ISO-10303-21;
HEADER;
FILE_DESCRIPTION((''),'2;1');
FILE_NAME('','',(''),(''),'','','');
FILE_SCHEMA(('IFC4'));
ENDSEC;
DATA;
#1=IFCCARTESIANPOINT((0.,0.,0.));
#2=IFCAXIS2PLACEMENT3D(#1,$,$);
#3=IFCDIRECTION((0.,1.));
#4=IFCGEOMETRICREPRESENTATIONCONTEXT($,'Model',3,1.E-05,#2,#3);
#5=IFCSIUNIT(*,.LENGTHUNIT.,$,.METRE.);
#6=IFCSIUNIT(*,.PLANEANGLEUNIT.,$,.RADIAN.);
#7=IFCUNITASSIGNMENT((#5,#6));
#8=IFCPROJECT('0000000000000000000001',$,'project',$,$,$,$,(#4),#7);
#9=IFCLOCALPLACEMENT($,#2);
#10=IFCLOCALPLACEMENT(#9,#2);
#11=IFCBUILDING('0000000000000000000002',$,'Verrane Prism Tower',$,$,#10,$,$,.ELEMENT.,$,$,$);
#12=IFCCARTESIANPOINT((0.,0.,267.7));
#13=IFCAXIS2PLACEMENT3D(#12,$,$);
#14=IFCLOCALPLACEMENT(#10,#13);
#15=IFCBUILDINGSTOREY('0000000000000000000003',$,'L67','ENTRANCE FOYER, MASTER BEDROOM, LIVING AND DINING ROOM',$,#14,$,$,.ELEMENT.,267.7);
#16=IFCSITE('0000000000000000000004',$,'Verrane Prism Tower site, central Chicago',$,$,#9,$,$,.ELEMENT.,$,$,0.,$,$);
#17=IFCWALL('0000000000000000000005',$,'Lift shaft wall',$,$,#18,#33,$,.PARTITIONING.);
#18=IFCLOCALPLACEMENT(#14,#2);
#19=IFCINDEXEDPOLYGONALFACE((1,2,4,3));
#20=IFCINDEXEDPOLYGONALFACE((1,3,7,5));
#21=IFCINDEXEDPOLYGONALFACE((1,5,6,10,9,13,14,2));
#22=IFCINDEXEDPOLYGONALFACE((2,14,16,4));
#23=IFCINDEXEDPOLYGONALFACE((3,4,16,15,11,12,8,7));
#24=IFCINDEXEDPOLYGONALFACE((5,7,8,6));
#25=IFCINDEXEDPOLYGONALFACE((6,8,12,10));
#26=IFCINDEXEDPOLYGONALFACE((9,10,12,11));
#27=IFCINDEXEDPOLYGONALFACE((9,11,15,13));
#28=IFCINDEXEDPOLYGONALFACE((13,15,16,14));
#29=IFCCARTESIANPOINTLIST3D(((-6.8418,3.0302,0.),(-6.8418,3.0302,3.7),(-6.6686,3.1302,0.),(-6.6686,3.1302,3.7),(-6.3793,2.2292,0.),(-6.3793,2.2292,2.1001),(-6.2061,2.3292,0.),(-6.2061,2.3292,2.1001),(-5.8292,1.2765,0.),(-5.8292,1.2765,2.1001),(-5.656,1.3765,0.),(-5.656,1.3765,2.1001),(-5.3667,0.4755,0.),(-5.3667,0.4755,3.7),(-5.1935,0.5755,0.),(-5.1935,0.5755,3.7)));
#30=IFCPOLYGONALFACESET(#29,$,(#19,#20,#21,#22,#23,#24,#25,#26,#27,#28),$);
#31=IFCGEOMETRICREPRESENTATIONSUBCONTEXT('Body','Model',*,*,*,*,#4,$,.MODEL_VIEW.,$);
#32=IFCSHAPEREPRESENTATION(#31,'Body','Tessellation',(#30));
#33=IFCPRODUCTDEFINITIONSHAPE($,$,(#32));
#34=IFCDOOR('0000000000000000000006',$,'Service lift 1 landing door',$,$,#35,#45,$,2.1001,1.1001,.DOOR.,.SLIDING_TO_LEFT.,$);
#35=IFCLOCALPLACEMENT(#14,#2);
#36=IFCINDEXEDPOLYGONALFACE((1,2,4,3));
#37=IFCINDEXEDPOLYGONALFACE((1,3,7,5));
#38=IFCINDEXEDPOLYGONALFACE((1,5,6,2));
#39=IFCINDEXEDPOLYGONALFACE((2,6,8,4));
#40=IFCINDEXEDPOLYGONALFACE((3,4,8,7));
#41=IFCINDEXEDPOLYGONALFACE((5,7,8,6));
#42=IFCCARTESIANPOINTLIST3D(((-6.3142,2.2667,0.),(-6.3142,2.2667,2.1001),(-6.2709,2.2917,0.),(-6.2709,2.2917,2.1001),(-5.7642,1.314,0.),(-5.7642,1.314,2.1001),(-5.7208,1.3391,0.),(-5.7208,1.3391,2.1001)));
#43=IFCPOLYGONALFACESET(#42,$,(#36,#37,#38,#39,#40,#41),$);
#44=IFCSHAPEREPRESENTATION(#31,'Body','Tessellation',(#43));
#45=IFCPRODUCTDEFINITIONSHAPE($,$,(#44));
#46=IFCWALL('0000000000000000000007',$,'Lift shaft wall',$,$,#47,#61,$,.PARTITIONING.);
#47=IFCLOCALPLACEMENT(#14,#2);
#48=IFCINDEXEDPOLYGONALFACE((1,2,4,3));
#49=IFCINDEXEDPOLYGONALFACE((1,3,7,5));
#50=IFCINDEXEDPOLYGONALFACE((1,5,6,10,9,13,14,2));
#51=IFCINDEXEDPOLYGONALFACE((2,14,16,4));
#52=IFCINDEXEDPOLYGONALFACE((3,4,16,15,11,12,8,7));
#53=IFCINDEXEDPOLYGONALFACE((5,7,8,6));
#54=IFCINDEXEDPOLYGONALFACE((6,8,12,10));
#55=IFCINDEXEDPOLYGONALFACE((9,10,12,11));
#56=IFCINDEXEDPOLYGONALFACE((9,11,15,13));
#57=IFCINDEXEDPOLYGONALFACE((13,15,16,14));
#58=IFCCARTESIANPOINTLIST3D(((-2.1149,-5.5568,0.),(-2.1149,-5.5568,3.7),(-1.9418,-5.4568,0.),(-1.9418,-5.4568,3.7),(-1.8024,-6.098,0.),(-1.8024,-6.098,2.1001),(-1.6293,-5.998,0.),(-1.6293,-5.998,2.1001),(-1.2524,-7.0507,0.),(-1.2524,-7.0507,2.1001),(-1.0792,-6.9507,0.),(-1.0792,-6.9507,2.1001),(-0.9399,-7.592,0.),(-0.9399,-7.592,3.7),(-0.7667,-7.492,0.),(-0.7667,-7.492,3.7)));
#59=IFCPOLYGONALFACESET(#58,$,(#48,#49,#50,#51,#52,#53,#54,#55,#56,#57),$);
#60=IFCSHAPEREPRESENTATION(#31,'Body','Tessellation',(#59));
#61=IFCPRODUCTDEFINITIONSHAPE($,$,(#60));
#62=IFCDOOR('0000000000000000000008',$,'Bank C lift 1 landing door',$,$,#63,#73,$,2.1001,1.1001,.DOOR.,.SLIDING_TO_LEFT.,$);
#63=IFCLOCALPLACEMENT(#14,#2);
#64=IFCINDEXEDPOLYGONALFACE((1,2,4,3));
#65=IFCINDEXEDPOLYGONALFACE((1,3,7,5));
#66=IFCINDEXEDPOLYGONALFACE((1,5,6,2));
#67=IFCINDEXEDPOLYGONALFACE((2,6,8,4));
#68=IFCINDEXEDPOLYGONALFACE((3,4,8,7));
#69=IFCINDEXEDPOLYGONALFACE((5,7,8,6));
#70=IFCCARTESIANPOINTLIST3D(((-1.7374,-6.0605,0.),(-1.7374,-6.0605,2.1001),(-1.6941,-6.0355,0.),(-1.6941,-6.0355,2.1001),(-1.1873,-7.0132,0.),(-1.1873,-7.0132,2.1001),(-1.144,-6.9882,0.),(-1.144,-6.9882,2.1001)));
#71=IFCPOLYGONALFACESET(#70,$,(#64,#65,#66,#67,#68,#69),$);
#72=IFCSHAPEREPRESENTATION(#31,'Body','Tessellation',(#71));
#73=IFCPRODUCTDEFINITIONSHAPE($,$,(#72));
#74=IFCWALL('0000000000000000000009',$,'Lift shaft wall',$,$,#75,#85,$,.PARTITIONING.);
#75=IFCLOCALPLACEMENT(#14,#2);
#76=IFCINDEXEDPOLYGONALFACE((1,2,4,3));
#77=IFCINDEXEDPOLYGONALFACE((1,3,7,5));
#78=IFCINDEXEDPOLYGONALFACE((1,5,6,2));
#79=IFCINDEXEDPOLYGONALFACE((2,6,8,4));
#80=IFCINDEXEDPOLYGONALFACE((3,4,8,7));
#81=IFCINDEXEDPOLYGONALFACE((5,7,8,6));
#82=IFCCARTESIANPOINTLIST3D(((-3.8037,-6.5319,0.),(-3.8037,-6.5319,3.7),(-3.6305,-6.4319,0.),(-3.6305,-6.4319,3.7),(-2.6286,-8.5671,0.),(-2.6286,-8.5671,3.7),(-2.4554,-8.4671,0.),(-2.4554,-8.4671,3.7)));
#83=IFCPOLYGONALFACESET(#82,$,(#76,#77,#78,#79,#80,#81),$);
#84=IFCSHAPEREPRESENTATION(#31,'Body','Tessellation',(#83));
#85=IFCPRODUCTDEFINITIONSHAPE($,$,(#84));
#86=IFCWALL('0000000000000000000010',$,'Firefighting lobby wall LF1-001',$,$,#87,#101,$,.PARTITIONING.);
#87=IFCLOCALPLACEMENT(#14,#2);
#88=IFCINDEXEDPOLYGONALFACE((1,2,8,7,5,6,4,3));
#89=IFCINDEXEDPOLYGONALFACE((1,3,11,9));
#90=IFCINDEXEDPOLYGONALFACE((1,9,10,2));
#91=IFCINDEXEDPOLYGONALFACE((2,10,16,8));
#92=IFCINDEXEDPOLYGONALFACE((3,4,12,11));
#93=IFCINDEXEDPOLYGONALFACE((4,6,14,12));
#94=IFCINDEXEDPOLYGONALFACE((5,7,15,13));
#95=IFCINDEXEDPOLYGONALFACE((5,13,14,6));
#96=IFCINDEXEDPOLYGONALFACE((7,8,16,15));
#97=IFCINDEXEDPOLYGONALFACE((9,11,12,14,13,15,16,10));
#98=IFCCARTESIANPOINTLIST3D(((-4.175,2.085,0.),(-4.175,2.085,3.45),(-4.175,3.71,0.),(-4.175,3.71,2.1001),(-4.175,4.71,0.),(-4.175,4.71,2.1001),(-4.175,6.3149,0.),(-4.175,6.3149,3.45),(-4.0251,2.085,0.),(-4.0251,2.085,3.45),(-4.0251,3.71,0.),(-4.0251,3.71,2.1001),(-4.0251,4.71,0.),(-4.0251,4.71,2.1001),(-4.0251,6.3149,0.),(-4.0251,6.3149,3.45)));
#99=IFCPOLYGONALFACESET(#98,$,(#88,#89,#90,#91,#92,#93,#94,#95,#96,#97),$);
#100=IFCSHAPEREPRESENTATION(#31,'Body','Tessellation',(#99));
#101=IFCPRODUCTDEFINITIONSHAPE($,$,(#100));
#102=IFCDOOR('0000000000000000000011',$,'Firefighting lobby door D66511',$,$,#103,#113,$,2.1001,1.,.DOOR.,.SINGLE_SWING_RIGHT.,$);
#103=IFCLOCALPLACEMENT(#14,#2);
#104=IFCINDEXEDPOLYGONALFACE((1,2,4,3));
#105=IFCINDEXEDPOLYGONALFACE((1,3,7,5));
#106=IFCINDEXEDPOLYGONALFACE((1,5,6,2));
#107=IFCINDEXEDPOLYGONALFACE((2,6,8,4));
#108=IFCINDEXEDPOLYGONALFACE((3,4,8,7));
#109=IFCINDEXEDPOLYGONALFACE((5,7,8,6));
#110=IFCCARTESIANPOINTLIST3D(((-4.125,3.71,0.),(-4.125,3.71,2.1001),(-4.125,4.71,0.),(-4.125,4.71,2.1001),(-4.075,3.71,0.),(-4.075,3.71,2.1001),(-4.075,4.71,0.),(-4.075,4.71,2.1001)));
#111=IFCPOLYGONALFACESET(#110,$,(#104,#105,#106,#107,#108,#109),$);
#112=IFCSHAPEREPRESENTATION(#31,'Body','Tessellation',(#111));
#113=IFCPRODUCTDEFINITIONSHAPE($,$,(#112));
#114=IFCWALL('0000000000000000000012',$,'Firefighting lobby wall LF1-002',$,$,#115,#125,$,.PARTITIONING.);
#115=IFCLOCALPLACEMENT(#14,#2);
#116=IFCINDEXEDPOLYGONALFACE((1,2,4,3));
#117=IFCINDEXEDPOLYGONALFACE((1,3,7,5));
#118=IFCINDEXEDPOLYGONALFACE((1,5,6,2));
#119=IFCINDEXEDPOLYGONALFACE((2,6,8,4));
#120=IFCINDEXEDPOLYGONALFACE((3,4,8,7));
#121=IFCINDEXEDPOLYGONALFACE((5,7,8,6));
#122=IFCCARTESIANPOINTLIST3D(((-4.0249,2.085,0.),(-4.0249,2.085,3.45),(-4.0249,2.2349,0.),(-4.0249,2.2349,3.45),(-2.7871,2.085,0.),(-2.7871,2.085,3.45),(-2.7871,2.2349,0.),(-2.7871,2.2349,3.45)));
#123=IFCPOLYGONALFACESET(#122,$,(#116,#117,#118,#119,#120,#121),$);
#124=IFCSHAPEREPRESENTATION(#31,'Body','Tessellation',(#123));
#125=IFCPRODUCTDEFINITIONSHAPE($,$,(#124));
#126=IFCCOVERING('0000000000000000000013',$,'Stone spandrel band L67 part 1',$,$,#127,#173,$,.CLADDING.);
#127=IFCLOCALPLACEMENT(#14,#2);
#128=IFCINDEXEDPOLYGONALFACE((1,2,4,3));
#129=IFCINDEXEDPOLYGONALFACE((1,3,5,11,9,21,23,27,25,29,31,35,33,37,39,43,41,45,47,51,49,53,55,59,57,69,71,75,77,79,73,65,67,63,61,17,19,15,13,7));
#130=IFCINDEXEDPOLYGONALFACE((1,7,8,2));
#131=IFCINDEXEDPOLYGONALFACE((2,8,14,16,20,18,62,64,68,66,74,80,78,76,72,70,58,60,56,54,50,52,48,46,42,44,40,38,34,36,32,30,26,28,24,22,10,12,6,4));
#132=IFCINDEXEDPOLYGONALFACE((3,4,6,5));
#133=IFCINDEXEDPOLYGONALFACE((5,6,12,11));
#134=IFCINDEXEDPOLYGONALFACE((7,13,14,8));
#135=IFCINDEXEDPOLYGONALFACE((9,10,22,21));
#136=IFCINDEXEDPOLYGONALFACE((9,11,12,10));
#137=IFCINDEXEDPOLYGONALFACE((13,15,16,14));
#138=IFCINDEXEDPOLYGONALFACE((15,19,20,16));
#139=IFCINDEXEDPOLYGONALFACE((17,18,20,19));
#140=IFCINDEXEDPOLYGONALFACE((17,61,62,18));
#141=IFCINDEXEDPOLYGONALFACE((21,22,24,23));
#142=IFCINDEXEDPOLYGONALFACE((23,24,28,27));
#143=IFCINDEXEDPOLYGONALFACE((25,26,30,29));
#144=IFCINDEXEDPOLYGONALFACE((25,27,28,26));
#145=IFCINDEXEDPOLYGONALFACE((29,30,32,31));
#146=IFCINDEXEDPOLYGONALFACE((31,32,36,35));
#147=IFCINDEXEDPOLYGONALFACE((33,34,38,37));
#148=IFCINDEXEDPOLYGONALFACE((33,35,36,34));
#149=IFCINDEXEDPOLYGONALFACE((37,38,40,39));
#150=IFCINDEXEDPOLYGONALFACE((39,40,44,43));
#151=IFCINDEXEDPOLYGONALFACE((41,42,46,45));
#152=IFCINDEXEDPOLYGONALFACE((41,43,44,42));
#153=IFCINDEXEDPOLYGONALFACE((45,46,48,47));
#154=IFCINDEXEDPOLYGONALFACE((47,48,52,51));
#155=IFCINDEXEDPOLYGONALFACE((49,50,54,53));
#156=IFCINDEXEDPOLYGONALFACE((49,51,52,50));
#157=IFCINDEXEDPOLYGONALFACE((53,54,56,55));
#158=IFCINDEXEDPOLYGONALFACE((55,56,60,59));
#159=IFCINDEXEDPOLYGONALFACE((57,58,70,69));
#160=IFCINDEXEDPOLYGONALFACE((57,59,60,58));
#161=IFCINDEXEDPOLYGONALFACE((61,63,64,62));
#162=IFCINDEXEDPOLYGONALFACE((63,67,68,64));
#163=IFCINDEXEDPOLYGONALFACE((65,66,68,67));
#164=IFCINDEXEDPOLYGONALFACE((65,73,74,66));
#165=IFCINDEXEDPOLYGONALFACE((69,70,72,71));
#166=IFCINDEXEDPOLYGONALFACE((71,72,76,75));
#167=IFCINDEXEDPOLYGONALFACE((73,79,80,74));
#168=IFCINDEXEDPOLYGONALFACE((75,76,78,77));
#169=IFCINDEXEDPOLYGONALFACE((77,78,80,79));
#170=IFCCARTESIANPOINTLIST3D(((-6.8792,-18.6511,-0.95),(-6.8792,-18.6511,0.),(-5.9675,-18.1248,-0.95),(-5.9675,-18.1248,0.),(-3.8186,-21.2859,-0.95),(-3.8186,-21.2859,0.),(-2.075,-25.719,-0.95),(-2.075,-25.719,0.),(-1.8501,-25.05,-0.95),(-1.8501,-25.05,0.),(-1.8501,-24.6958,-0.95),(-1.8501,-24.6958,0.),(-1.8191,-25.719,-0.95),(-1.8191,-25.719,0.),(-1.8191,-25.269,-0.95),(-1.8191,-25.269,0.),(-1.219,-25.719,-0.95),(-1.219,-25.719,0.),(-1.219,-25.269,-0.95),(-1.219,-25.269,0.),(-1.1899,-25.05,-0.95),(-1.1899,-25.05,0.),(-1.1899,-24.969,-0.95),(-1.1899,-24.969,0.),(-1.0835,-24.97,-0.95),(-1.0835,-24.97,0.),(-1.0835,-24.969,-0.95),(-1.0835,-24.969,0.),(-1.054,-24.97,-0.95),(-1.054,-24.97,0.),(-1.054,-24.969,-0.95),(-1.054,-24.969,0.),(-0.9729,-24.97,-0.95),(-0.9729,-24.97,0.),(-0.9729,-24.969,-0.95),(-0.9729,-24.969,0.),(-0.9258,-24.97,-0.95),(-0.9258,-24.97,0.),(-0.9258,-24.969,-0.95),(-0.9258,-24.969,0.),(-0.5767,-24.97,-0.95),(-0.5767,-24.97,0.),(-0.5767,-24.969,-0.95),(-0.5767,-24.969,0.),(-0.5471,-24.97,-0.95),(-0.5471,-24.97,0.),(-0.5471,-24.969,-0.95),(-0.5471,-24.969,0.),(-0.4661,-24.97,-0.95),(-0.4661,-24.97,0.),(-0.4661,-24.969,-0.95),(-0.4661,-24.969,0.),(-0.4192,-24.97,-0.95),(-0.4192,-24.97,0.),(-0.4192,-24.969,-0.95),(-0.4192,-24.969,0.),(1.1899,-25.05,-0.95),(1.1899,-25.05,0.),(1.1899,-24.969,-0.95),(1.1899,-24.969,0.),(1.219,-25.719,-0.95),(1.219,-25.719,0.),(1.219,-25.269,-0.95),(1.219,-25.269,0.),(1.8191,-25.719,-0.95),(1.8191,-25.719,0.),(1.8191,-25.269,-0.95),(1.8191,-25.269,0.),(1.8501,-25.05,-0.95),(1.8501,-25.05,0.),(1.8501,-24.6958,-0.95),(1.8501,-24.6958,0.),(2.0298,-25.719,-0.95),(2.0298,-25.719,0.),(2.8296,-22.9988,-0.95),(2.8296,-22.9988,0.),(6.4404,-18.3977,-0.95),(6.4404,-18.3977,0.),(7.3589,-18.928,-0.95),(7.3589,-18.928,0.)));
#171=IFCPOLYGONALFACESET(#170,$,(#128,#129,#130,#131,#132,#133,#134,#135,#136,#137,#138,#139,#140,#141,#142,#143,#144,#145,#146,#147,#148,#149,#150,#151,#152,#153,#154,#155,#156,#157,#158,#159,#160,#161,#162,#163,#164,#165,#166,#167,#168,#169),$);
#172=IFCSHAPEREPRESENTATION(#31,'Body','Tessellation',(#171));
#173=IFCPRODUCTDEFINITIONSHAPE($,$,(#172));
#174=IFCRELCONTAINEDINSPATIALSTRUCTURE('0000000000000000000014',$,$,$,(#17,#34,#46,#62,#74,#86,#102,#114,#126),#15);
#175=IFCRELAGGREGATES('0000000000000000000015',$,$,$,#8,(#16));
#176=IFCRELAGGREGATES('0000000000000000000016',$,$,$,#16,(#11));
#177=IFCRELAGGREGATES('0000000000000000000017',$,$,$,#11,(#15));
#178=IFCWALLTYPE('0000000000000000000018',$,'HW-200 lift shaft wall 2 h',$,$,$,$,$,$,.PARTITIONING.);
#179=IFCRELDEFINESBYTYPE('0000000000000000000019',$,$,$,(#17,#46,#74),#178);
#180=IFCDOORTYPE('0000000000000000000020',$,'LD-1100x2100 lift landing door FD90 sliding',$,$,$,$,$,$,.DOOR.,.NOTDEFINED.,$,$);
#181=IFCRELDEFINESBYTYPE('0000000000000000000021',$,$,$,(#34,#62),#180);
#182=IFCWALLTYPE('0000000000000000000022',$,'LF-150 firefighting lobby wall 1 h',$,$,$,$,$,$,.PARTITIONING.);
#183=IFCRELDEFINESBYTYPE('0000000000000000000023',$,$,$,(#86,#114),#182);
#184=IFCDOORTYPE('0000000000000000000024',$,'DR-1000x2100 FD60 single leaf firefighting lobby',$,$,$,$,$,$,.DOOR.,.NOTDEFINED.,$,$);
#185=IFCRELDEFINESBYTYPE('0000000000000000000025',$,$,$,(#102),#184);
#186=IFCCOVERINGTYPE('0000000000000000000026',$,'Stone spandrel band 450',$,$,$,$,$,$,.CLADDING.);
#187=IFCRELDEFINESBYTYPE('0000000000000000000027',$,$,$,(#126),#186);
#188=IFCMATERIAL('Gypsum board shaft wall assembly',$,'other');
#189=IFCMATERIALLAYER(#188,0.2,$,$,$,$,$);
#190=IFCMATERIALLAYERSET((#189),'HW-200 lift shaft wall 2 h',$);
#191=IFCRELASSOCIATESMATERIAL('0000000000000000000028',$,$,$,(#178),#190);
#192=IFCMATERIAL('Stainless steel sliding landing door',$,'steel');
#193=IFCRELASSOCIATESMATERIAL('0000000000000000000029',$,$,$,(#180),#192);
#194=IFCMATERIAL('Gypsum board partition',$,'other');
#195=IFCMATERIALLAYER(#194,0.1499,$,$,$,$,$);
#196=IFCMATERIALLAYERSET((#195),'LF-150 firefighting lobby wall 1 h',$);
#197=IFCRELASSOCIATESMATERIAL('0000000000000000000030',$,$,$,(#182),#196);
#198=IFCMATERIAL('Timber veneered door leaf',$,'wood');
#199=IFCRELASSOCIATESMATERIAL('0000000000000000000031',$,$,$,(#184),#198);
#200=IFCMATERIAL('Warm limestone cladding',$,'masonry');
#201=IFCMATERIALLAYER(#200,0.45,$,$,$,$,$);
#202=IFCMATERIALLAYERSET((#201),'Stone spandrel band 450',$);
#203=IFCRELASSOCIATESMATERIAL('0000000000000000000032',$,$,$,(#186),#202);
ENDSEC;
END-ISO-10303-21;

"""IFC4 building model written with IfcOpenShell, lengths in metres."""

from ifc_helpers import new_model, si_unit, direction, frame, frame_2d, origin, place, context, subcontext, project, spatial, polyline, rectangle, outline, extrude, material, layer, layer_set, type_object, element, fill, save


model = new_model("IFC4")

# Units and contexts
model_context = context("Model", 3, precision=1e-05, world=origin(), true_north=direction((0.0, 1.0)))
body_context = subcontext(model_context, "Body", "Model", "MODEL_VIEW")
ifc_project = project(units=[si_unit("LENGTHUNIT", "METRE"), si_unit("PLANEANGLEUNIT", "RADIAN")], contexts=[model_context])

# Site, building, storey
site_placement = place(None, origin())
site = spatial("IfcSite", under=ifc_project, at=site_placement, Name="Verrane Prism Tower site, central Chicago", CompositionType="ELEMENT", RefElevation=0.0)
building_placement = place(site_placement, origin())
building = spatial("IfcBuilding", under=site, at=building_placement, Name="Verrane Prism Tower", CompositionType="ELEMENT")
storey_placement = place(building_placement, frame((0.0, 0.0, 267.7)))
storey = spatial("IfcBuildingStorey", under=building, at=storey_placement, Name="L67", Description="ENTRANCE FOYER, MASTER BEDROOM, LIVING AND DINING ROOM", CompositionType="ELEMENT", Elevation=267.7)

# Shared definitions
ifc_material_1 = material(Name="Gypsum board shaft wall assembly", Category="other")
ifc_layer_1 = layer(ifc_material_1, 0.2)
ifc_layer_set_1 = layer_set([ifc_layer_1], Name="HW-200 lift shaft wall 2 h")
wall_type_1 = type_object("IfcWallType", Name="HW-200 lift shaft wall 2 h", PredefinedType="PARTITIONING", material=ifc_layer_set_1)
ifc_material_2 = material(Name="Stainless steel sliding landing door", Category="steel")
door_type_1 = type_object("IfcDoorType", Name="LD-1100x2100 lift landing door FD90 sliding", OperationType="NOTDEFINED", PredefinedType="DOOR", material=ifc_material_2)

# Walls, openings, doors
wall_1_placement = place(storey_placement, frame((-5.28, 0.5254, 0.0), z_axis=(0.0, 0.0, 1.0), x_axis=(-0.500038, 0.866004, 0.0)))
wall_1 = element("IfcWall", 1, at=wall_1_placement, inside=storey, type_object=wall_type_1, Name="Lift shaft wall", PredefinedType="PARTITIONING", context=body_context, shape_type="SweptSolid", body=[
    extrude(rectangle(XDim=2.95, YDim=0.2, at=frame_2d((1.4751, 0.0))), origin(), (0.0, 0.0, 1.0), 3.7),
])
opening_1_placement = place(wall_1_placement, frame((0.925, 0.0, 0.0)))
opening_1 = element("IfcOpeningElement", 2, at=opening_1_placement, cuts=wall_1, PredefinedType="OPENING", context=body_context, shape_type="SweptSolid", body=[
    extrude(rectangle(XDim=1.1001, YDim=2.1001, at=frame_2d((0.55, 1.05))), frame((0.0, 0.1099, 0.0), z_axis=(0.0, -1.0, 0.0), x_axis=(1.0, 0.0, 0.0)), (0.0, 0.0, 1.0), 0.22),
])
door_1_placement = place(opening_1_placement, origin())
door_1 = element("IfcDoor", 3, at=door_1_placement, inside=storey, type_object=door_type_1, Name="Service lift 1 landing door", OperationType="SLIDING_TO_LEFT", OverallHeight=2.1001, OverallWidth=1.1001, PredefinedType="DOOR", context=body_context, shape_type="SweptSolid", body=[
    extrude(rectangle(XDim=1.1001, YDim=2.1001, at=frame_2d((0.55, 1.05))), frame((0.0, 0.0249, 0.0), z_axis=(0.0, -1.0, 0.0), x_axis=(1.0, 0.0, 0.0)), (0.0, 0.0, 1.0), 0.05),
])
fill(opening_1, door_1)
wall_2_placement = place(storey_placement, frame((-0.8533, -7.542, 0.0), z_axis=(0.0, 0.0, 1.0), x_axis=(-0.500016, 0.866016, 0.0)))
wall_2 = element("IfcWall", 4, at=wall_2_placement, inside=storey, type_object=wall_type_1, Name="Lift shaft wall", PredefinedType="PARTITIONING", context=body_context, shape_type="SweptSolid", body=[
    extrude(rectangle(XDim=2.3501, YDim=0.2, at=frame_2d((1.175, 0.0))), origin(), (0.0, 0.0, 1.0), 3.7),
])
opening_2_placement = place(wall_2_placement, frame((0.625, 0.0, 0.0)))
opening_2 = element("IfcOpeningElement", 5, at=opening_2_placement, cuts=wall_2, PredefinedType="OPENING", context=body_context, shape_type="SweptSolid", body=[
    extrude(rectangle(XDim=1.1001, YDim=2.1001, at=frame_2d((0.55, 1.05))), frame((0.0, 0.1099, 0.0), z_axis=(0.0, -1.0, 0.0), x_axis=(1.0, 0.0, 0.0)), (0.0, 0.0, 1.0), 0.22),
])
door_2_placement = place(opening_2_placement, origin())
door_2 = element("IfcDoor", 6, at=door_2_placement, inside=storey, type_object=door_type_1, Name="Bank C lift 1 landing door", OperationType="SLIDING_TO_LEFT", OverallHeight=2.1001, OverallWidth=1.1001, PredefinedType="DOOR", context=body_context, shape_type="SweptSolid", body=[
    extrude(rectangle(XDim=1.1001, YDim=2.1001, at=frame_2d((0.55, 1.05))), frame((0.0, 0.0249, 0.0), z_axis=(0.0, -1.0, 0.0), x_axis=(1.0, 0.0, 0.0)), (0.0, 0.0, 1.0), 0.05),
])
fill(opening_2, door_2)

# Wall
wall_3_placement = place(storey_placement, frame((-2.542, -8.5171, 0.0), z_axis=(0.0, 0.0, 1.0), x_axis=(-0.500016, 0.866016, 0.0)))
element("IfcWall", 7, at=wall_3_placement, inside=storey, type_object=wall_type_1, Name="Lift shaft wall", PredefinedType="PARTITIONING", context=body_context, shape_type="SweptSolid", body=[
    extrude(rectangle(XDim=2.3501, YDim=0.2, at=frame_2d((1.175, 0.0))), origin(), (0.0, 0.0, 1.0), 3.7),
])

# Wall, opening, door
ifc_material_3 = material(Name="Gypsum board partition", Category="other")
ifc_layer_2 = layer(ifc_material_3, 0.1499)
ifc_layer_set_2 = layer_set([ifc_layer_2], Name="LF-150 firefighting lobby wall 1 h")
wall_type_2 = type_object("IfcWallType", Name="LF-150 firefighting lobby wall 1 h", PredefinedType="PARTITIONING", material=ifc_layer_set_2)
wall_4_placement = place(storey_placement, frame((-4.1001, 2.085, 0.0), z_axis=(0.0, 0.0, 1.0), x_axis=(0.0, 1.0, 0.0)))
wall_4 = element("IfcWall", 8, at=wall_4_placement, inside=storey, type_object=wall_type_2, Name="Firefighting lobby wall LF1-001", PredefinedType="PARTITIONING", context=body_context, shape_type="SweptSolid", body=[
    extrude(rectangle(XDim=4.23, YDim=0.1499, at=frame_2d((2.115, 0.0))), origin(), (0.0, 0.0, 1.0), 3.45),
])
opening_3_placement = place(wall_4_placement, frame((1.625, 0.0, 0.0)))
opening_3 = element("IfcOpeningElement", 9, at=opening_3_placement, cuts=wall_4, PredefinedType="OPENING", context=body_context, shape_type="SweptSolid", body=[
    extrude(rectangle(XDim=1.0, YDim=2.1001, at=frame_2d((0.5, 1.05))), frame((0.0, 0.085, 0.0), z_axis=(0.0, -1.0, 0.0), x_axis=(1.0, 0.0, 0.0)), (0.0, 0.0, 1.0), 0.1699),
])
ifc_material_4 = material(Name="Timber veneered door leaf", Category="wood")
door_type_2 = type_object("IfcDoorType", Name="DR-1000x2100 FD60 single leaf firefighting lobby", OperationType="NOTDEFINED", PredefinedType="DOOR", material=ifc_material_4)
door_3_placement = place(opening_3_placement, origin())
door_3 = element("IfcDoor", 10, at=door_3_placement, inside=storey, type_object=door_type_2, Name="Firefighting lobby door D66511", OperationType="SINGLE_SWING_RIGHT", OverallHeight=2.1001, OverallWidth=1.0, PredefinedType="DOOR", context=body_context, shape_type="SweptSolid", body=[
    extrude(rectangle(XDim=1.0, YDim=2.1001, at=frame_2d((0.5, 1.05))), frame((0.0, 0.0249, 0.0), z_axis=(0.0, -1.0, 0.0), x_axis=(1.0, 0.0, 0.0)), (0.0, 0.0, 1.0), 0.05),
])
fill(opening_3, door_3)

# Wall
wall_5_placement = place(storey_placement, frame((-4.0249, 2.1599, 0.0), z_axis=(0.0, 0.0, 1.0), x_axis=(1.0, 0.0, 0.0)))
element("IfcWall", 11, at=wall_5_placement, inside=storey, type_object=wall_type_2, Name="Firefighting lobby wall LF1-002", PredefinedType="PARTITIONING", context=body_context, shape_type="SweptSolid", body=[
    extrude(rectangle(XDim=1.2378, YDim=0.1499, at=frame_2d((0.6189, 0.0))), origin(), (0.0, 0.0, 1.0), 3.45),
])

# Covering
ifc_material_5 = material(Name="Warm limestone cladding", Category="masonry")
ifc_layer_3 = layer(ifc_material_5, 0.45)
ifc_layer_set_3 = layer_set([ifc_layer_3], Name="Stone spandrel band 450")
covering_type = type_object("IfcCoveringType", Name="Stone spandrel band 450", PredefinedType="CLADDING", material=ifc_layer_set_3)
covering_1_placement = place(storey_placement, frame((0.0, 0.0, -0.95)))
element("IfcCovering", 12, at=covering_1_placement, inside=storey, type_object=covering_type, Name="Stone spandrel band L67 part 1", PredefinedType="CLADDING", context=body_context, shape_type="SweptSolid", body=[
    extrude(outline(polyline([(-1.0835, -24.969), (-1.1899, -24.969), (-1.1899, -25.05), (-1.8501, -25.05), (-1.8501, -24.6958), (-3.8186, -21.2859), (-5.9675, -18.1248), (-6.8792, -18.6511), (-2.075, -25.719), (-1.8191, -25.719), (-1.8191, -25.269), (-1.219, -25.269), (-1.219, -25.719), (1.219, -25.719), (1.219, -25.269), (1.8191, -25.269), (1.8191, -25.719), (2.0298, -25.719), (7.3589, -18.928), (6.4404, -18.3977), (2.8296, -22.9988), (1.8501, -24.6958), (1.8501, -25.05), (1.1899, -25.05), (1.1899, -24.969), (-0.4192, -24.969), (-0.4192, -24.97), (-0.4661, -24.97), (-0.4661, -24.969), (-0.5471, -24.969), (-0.5471, -24.97), (-0.5767, -24.97), (-0.5767, -24.969), (-0.9258, -24.969), (-0.9258, -24.97), (-0.9729, -24.97), (-0.9729, -24.969), (-1.054, -24.969), (-1.054, -24.97), (-1.0835, -24.97), (-1.0835, -24.969)])), origin(), (0.0, 0.0, 1.0), 0.95),
])

save(model, "model.ifc")
